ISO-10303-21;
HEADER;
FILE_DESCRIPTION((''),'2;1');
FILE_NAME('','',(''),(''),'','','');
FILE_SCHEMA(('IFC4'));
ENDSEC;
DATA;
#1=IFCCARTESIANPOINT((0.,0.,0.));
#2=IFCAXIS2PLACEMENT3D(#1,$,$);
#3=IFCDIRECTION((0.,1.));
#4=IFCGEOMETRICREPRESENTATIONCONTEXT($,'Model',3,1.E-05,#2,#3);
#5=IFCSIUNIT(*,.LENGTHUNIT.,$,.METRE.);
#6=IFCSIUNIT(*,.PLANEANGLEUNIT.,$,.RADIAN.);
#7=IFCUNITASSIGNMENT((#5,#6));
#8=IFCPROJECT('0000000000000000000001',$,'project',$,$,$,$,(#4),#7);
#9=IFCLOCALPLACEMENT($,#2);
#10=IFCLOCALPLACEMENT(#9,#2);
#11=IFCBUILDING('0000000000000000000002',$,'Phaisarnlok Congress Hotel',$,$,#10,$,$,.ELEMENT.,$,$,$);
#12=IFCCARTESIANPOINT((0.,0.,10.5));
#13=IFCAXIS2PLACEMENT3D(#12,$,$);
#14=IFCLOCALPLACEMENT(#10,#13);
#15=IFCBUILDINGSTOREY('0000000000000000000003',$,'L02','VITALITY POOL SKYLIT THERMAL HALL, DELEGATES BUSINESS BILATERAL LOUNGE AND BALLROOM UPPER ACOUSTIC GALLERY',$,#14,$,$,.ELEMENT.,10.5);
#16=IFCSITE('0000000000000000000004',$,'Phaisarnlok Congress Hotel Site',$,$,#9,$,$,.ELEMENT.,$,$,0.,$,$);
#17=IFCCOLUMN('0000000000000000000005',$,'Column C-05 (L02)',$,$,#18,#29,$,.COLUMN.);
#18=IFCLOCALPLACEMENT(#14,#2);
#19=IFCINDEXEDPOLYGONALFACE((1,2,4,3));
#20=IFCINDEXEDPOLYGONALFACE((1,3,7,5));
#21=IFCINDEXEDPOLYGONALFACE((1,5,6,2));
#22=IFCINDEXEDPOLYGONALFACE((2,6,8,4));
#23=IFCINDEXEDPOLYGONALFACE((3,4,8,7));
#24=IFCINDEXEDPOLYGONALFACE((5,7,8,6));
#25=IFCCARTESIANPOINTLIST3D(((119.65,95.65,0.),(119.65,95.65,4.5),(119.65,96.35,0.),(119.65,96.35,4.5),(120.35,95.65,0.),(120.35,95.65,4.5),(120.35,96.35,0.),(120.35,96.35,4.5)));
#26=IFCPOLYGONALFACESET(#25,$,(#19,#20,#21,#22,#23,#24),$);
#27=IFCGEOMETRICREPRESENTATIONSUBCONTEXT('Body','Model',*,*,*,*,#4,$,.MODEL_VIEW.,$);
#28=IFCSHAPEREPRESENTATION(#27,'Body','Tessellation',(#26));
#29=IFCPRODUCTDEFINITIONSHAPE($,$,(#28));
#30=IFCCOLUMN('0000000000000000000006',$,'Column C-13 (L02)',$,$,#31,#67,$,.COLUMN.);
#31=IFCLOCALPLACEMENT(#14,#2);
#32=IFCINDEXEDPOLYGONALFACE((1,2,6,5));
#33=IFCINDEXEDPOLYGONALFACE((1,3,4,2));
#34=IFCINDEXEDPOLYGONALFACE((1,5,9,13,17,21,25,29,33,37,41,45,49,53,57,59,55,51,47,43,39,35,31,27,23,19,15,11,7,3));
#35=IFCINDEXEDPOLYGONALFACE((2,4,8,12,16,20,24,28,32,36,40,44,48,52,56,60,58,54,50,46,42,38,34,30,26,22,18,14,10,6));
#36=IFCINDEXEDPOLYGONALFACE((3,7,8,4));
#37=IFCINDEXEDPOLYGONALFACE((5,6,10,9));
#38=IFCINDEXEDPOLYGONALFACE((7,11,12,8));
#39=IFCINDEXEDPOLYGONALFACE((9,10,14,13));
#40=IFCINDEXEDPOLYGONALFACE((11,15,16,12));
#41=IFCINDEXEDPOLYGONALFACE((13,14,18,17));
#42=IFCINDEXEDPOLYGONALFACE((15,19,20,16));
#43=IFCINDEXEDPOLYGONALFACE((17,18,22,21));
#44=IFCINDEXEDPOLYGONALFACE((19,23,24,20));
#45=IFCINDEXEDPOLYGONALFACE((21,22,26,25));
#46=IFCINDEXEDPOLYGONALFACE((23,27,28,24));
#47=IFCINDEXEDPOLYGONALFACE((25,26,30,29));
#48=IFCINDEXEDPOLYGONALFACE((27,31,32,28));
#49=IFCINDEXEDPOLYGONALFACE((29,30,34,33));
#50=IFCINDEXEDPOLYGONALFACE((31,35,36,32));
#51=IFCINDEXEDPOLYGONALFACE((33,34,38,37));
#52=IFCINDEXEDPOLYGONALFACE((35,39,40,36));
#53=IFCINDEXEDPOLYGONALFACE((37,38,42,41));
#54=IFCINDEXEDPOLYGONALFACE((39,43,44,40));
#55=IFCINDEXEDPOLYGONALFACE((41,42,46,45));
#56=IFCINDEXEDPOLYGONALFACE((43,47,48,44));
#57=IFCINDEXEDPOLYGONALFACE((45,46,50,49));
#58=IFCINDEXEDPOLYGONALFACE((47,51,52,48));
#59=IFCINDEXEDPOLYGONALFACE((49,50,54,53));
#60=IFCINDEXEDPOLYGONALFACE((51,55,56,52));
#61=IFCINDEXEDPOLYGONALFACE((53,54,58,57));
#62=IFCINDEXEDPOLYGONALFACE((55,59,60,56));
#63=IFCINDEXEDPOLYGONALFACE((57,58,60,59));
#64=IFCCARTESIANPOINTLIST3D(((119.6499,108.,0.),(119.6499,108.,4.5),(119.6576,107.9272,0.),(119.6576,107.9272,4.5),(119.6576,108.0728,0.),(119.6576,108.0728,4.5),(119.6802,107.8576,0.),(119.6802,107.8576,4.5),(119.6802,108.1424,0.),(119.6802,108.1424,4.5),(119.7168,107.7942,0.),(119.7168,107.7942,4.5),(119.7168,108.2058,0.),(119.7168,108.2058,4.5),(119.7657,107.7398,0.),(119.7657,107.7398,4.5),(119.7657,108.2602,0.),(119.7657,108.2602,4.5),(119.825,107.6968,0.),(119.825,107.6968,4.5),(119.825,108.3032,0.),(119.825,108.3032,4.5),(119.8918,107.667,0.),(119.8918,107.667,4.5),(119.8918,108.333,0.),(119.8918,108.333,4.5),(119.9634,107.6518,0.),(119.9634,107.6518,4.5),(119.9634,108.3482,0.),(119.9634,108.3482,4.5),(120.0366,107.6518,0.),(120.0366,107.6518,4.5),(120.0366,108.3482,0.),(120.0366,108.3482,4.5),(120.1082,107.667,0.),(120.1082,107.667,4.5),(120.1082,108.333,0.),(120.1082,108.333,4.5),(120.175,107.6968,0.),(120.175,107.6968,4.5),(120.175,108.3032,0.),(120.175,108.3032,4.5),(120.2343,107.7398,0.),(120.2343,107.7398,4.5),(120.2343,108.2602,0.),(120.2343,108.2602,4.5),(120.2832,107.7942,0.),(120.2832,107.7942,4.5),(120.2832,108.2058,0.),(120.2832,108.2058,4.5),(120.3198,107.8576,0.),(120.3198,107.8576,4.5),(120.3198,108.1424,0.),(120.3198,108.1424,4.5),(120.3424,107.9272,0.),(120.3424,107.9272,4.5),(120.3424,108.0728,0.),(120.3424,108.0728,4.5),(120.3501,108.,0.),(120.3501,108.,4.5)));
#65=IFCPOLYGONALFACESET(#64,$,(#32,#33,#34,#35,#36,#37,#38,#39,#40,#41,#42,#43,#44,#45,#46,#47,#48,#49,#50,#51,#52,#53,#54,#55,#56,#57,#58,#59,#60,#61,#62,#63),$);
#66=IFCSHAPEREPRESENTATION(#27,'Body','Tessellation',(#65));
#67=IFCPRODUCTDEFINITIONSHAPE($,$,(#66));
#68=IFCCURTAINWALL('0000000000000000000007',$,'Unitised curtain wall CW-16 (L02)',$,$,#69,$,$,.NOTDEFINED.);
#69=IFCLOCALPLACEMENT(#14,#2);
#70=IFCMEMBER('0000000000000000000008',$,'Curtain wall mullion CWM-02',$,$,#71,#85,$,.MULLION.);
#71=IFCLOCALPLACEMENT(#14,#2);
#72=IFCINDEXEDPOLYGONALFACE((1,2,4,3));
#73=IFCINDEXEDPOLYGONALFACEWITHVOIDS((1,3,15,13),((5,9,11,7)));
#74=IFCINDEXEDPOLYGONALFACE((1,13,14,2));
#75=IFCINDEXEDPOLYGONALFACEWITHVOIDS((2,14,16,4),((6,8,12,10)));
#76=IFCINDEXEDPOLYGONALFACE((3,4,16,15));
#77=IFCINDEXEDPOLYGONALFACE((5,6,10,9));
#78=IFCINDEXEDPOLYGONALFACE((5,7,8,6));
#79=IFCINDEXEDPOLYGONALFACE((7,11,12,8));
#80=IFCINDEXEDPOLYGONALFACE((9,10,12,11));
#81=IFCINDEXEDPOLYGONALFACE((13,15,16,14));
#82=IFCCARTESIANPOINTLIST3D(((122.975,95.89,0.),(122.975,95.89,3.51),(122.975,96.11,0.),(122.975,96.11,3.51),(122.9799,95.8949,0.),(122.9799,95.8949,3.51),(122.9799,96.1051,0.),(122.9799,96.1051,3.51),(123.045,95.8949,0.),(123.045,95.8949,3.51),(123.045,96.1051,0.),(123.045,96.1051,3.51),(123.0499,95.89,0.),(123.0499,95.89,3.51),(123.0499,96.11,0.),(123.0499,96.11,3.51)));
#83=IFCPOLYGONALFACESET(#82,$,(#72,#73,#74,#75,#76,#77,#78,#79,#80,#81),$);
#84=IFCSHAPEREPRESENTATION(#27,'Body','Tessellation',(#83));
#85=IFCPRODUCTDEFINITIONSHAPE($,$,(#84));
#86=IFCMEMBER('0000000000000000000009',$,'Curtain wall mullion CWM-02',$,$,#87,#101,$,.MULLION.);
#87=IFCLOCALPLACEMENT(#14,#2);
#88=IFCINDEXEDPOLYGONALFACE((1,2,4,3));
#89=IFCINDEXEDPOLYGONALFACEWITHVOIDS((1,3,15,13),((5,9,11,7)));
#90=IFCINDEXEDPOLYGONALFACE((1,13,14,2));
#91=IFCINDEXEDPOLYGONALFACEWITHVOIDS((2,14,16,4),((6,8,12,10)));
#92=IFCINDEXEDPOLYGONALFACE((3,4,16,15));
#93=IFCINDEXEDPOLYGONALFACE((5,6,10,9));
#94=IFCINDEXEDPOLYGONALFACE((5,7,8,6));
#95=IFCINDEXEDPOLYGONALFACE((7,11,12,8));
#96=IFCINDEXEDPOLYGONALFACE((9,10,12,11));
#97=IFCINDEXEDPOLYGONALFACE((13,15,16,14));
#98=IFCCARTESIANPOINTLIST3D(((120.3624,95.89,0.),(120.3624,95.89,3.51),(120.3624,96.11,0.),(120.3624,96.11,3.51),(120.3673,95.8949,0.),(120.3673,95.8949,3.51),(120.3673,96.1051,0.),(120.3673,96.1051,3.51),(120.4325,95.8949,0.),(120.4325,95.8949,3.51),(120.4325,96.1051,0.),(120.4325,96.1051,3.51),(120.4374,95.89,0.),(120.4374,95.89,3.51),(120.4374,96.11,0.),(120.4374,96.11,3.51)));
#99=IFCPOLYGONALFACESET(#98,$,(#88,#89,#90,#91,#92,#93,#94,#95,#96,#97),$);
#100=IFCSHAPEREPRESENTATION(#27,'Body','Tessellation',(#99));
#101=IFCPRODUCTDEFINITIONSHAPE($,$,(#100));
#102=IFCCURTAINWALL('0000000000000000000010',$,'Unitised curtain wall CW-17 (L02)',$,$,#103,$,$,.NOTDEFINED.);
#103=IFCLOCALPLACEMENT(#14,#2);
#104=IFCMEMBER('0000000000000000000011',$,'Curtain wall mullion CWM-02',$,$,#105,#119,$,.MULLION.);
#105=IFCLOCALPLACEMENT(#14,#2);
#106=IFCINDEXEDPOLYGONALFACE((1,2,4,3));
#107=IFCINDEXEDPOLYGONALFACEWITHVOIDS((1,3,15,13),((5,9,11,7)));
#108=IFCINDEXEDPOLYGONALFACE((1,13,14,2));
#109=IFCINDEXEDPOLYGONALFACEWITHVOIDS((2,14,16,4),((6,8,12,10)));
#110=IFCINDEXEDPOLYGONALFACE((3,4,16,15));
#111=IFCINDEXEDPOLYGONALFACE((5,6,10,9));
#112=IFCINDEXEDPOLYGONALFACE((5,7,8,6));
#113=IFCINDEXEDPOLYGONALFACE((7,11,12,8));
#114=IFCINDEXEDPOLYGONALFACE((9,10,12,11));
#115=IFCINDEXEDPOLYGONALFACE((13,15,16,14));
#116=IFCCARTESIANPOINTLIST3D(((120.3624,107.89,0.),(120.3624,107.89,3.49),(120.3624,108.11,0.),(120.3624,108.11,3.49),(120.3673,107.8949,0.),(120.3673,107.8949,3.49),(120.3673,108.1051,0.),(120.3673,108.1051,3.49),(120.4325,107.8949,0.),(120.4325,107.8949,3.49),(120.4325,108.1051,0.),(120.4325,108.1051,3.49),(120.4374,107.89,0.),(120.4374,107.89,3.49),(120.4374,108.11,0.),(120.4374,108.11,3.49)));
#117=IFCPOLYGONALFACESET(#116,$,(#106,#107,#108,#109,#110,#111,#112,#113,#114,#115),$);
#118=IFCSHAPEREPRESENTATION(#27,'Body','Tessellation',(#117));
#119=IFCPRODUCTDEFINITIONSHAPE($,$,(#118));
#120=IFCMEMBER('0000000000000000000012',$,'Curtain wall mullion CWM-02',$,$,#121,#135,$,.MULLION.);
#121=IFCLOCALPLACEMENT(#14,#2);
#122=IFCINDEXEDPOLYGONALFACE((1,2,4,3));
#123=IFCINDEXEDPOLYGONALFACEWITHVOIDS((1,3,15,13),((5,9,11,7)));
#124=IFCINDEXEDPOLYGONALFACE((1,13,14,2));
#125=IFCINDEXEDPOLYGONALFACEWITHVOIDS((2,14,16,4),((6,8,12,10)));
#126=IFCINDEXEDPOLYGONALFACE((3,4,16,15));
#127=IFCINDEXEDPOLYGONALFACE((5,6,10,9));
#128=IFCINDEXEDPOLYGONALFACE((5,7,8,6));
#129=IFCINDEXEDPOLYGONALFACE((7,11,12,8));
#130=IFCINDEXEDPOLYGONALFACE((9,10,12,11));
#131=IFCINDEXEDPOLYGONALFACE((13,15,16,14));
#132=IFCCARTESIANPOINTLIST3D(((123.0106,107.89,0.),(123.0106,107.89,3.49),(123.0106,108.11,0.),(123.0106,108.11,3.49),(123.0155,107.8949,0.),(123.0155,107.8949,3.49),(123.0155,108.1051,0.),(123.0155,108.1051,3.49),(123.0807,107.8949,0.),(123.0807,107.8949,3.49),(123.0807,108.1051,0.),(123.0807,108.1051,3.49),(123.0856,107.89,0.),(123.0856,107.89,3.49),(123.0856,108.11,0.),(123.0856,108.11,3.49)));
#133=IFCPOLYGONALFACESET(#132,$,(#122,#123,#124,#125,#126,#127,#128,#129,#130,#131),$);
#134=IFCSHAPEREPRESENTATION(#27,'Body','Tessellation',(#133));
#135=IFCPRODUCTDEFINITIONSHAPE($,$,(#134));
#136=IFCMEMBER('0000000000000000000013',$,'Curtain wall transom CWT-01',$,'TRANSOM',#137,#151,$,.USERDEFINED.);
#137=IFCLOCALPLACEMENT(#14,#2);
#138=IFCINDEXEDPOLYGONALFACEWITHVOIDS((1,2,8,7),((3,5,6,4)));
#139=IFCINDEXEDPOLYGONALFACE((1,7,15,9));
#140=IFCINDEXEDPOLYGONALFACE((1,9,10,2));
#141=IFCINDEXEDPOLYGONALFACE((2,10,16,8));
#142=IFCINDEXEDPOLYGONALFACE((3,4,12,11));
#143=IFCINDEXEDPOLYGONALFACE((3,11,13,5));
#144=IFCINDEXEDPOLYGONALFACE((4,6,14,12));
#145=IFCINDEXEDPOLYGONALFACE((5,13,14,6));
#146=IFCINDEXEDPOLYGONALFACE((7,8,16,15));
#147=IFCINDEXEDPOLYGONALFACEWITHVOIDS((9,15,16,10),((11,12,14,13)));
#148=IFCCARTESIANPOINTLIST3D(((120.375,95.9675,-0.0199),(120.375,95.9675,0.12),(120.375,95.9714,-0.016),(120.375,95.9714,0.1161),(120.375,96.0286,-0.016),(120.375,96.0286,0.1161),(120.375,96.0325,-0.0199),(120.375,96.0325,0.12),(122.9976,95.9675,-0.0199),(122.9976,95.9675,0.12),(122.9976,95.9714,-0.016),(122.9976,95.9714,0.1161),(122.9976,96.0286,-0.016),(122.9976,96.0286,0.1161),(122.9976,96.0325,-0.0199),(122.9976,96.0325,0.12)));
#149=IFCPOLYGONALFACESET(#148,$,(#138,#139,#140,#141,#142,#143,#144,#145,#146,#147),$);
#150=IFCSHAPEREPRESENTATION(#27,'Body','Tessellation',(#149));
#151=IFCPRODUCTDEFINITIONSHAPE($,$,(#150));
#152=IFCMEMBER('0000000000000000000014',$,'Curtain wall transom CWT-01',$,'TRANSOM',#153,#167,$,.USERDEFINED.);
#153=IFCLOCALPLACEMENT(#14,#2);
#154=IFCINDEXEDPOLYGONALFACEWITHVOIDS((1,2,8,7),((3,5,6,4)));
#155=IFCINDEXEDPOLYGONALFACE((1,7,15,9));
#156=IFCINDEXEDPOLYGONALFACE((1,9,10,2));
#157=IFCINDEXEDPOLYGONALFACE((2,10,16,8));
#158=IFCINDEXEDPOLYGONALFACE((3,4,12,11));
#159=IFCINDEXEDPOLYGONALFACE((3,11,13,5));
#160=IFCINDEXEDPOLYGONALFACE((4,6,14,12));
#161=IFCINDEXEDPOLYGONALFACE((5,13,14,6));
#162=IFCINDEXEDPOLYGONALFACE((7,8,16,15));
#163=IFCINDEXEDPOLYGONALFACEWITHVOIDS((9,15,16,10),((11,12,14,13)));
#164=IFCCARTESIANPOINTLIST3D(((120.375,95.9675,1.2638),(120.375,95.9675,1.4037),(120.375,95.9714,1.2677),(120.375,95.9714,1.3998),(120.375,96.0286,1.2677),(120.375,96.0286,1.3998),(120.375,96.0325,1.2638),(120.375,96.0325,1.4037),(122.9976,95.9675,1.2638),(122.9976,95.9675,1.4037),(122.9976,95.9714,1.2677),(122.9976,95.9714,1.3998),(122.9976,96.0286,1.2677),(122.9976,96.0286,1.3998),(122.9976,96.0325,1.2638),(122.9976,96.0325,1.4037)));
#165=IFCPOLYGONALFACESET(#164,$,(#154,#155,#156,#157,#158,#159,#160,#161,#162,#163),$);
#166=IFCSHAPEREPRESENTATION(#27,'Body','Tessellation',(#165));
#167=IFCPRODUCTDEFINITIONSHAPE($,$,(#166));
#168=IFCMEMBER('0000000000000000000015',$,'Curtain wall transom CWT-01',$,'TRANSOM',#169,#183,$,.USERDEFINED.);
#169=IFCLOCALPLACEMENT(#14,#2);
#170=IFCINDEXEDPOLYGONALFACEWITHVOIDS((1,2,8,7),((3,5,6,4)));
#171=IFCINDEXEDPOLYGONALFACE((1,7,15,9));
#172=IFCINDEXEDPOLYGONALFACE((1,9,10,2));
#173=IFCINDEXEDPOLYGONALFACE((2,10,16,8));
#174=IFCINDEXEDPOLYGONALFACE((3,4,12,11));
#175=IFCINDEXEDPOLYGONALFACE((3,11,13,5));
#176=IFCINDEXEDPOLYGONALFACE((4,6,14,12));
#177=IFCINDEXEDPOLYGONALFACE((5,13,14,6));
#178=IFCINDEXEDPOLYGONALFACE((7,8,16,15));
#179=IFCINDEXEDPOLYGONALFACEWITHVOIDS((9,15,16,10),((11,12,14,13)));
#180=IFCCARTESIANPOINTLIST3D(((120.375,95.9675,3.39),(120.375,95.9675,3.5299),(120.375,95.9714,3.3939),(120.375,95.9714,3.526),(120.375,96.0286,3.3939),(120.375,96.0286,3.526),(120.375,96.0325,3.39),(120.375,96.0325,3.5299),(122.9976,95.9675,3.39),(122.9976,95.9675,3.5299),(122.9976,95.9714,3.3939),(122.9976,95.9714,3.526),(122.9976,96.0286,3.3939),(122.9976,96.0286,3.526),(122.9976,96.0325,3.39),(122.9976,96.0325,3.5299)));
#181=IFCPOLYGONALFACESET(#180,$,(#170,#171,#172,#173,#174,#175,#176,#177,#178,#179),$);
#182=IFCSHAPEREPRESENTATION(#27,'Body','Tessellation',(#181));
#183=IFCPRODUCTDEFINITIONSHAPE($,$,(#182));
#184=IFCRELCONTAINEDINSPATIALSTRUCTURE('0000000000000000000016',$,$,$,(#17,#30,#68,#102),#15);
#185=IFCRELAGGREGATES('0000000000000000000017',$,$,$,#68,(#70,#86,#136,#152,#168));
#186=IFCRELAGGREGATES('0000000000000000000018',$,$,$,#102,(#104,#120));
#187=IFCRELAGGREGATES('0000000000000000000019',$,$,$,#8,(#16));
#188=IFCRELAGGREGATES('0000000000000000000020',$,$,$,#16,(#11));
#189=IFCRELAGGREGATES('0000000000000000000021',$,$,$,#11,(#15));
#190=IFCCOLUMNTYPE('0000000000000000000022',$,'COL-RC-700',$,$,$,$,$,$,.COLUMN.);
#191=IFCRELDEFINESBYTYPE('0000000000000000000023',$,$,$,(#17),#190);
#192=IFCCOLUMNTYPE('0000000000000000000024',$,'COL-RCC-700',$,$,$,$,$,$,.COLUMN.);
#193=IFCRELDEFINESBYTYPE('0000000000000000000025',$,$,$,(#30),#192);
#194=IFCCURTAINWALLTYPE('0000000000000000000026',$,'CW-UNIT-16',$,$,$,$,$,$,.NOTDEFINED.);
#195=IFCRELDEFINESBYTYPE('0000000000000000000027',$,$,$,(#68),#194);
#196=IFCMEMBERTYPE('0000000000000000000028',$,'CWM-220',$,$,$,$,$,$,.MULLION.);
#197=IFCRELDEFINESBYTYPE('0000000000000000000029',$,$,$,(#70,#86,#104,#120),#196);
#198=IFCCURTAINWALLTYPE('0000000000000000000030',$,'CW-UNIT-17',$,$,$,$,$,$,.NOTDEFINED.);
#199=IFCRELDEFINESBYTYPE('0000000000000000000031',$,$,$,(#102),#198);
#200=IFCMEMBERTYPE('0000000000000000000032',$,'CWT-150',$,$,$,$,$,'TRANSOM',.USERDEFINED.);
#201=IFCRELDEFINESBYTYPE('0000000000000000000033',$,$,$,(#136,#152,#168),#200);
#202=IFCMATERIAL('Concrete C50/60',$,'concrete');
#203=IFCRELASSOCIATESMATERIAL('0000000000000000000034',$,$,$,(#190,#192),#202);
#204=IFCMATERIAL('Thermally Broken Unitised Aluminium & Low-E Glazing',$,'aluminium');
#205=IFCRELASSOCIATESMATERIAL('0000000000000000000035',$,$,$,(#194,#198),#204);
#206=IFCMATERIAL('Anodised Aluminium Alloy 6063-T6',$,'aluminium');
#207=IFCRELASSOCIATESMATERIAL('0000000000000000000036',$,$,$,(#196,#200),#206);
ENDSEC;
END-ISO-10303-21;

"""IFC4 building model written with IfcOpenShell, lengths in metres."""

from ifc_helpers import new_model, si_unit, direction, frame, origin, origin_2d, place, context, subcontext, project, spatial, rectangle, hollow_rectangle, circle, extrude, material, material_profile, profile_set, type_object, element, aggregate, save


model = new_model("IFC4")

# Units and contexts
model_context = context("Model", 3, precision=1e-05, world=origin(), true_north=direction((0.0, 1.0)))
body_context = subcontext(model_context, "Body", "Model", "MODEL_VIEW")
ifc_project = project(units=[si_unit("LENGTHUNIT", "METRE"), si_unit("PLANEANGLEUNIT", "RADIAN")], contexts=[model_context])

# Site, building, storey
site_placement = place(None, origin())
site = spatial("IfcSite", under=ifc_project, at=site_placement, Name="Phaisarnlok Congress Hotel Site", CompositionType="ELEMENT", RefElevation=0.0)
building_placement = place(site_placement, origin())
building = spatial("IfcBuilding", under=site, at=building_placement, Name="Phaisarnlok Congress Hotel", CompositionType="ELEMENT")
storey_placement = place(building_placement, frame((0.0, 0.0, 10.5)))
storey = spatial("IfcBuildingStorey", under=building, at=storey_placement, Name="L02", Description="VITALITY POOL SKYLIT THERMAL HALL, DELEGATES BUSINESS BILATERAL LOUNGE AND BALLROOM UPPER ACOUSTIC GALLERY", CompositionType="ELEMENT", Elevation=10.5)

# Columns
ifc_material_1 = material(Name="Concrete C50/60", Category="concrete")
ifc_material_profile_1 = material_profile(ifc_material_1, rectangle(XDim=0.7, YDim=0.7, at=origin_2d()), Name="RC 700x700")
ifc_profile_set_1 = profile_set([ifc_material_profile_1], Name="Concrete C50/60")
column_type_1 = type_object("IfcColumnType", Name="COL-RC-700", PredefinedType="COLUMN", material=ifc_profile_set_1)
column_1_placement = place(storey_placement, frame((120.0, 96.0, 0.0), z_axis=(0.0, 0.0, 1.0), x_axis=(1.0, 0.0, 0.0)))
element("IfcColumn", 1, at=column_1_placement, inside=storey, type_object=column_type_1, Name="Column C-05 (L02)", PredefinedType="COLUMN", context=body_context, shape_type="SweptSolid", body=[
    extrude(rectangle(XDim=0.7, YDim=0.7, at=origin_2d()), origin(), (0.0, 0.0, 1.0), 4.5),
])
ifc_material_profile_2 = material_profile(ifc_material_1, circle(Radius=0.3501, at=origin_2d()), Name="RCC D700")
ifc_profile_set_2 = profile_set([ifc_material_profile_2], Name="Concrete C50/60")
column_type_2 = type_object("IfcColumnType", Name="COL-RCC-700", PredefinedType="COLUMN", material=ifc_profile_set_2)
column_2_placement = place(storey_placement, frame((120.0, 108.0, 0.0), z_axis=(0.0, 0.0, 1.0), x_axis=(1.0, 0.0, 0.0)))
element("IfcColumn", 2, at=column_2_placement, inside=storey, type_object=column_type_2, Name="Column C-13 (L02)", PredefinedType="COLUMN", context=body_context, shape_type="SweptSolid", body=[
    extrude(circle(Radius=0.3501, at=origin_2d()), origin(), (0.0, 0.0, 1.0), 4.5),
])

# Curtain walls, members
ifc_material_2 = material(Name="Thermally Broken Unitised Aluminium & Low-E Glazing", Category="aluminium")
curtain_wall_type_1 = type_object("IfcCurtainWallType", Name="CW-UNIT-16", PredefinedType="NOTDEFINED", material=ifc_material_2)
curtain_wall_1_placement = place(storey_placement, origin())
curtain_wall_1 = element("IfcCurtainWall", 3, at=curtain_wall_1_placement, inside=storey, type_object=curtain_wall_type_1, Name="Unitised curtain wall CW-16 (L02)", PredefinedType="NOTDEFINED")
ifc_material_3 = material(Name="Anodised Aluminium Alloy 6063-T6", Category="aluminium")
ifc_material_profile_3 = material_profile(ifc_material_3, hollow_rectangle(XDim=0.075, YDim=0.22, WallThickness=0.0049, at=origin_2d()), Name="ALU-M 75x220x5")
ifc_profile_set_3 = profile_set([ifc_material_profile_3], Name="Anodised Aluminium Alloy 6063-T6")
member_type_1 = type_object("IfcMemberType", Name="CWM-220", PredefinedType="MULLION", material=ifc_profile_set_3)
member_1_placement = place(storey_placement, frame((123.0125, 96.0, 0.0), z_axis=(0.0, 0.0, 1.0), x_axis=(-1.0, 0.0, 0.0)))
member_1 = element("IfcMember", 4, at=member_1_placement, type_object=member_type_1, Name="Curtain wall mullion CWM-02", PredefinedType="MULLION", context=body_context, shape_type="SweptSolid", body=[
    extrude(hollow_rectangle(XDim=0.075, YDim=0.22, WallThickness=0.0049, at=origin_2d()), origin(), (0.0, 0.0, 1.0), 3.51),
])
member_2_placement = place(storey_placement, frame((120.3999, 96.0, 0.0), z_axis=(0.0, 0.0, 1.0), x_axis=(-1.0, 0.0, 0.0)))
member_2 = element("IfcMember", 5, at=member_2_placement, type_object=member_type_1, Name="Curtain wall mullion CWM-02", PredefinedType="MULLION", context=body_context, shape_type="SweptSolid", body=[
    extrude(hollow_rectangle(XDim=0.075, YDim=0.22, WallThickness=0.0049, at=origin_2d()), origin(), (0.0, 0.0, 1.0), 3.51),
])
curtain_wall_type_2 = type_object("IfcCurtainWallType", Name="CW-UNIT-17", PredefinedType="NOTDEFINED", material=ifc_material_2)
curtain_wall_2_placement = place(storey_placement, origin())
curtain_wall_2 = element("IfcCurtainWall", 6, at=curtain_wall_2_placement, inside=storey, type_object=curtain_wall_type_2, Name="Unitised curtain wall CW-17 (L02)", PredefinedType="NOTDEFINED")
member_3_placement = place(storey_placement, frame((120.3999, 108.0, 0.0), z_axis=(0.0, 0.0, 1.0), x_axis=(1.0, 0.0, 0.0)))
member_3 = element("IfcMember", 7, at=member_3_placement, type_object=member_type_1, Name="Curtain wall mullion CWM-02", PredefinedType="MULLION", context=body_context, shape_type="SweptSolid", body=[
    extrude(hollow_rectangle(XDim=0.075, YDim=0.22, WallThickness=0.0049, at=origin_2d()), origin(), (0.0, 0.0, 1.0), 3.49),
])
member_4_placement = place(storey_placement, frame((123.0481, 108.0, 0.0), z_axis=(0.0, 0.0, 1.0), x_axis=(1.0, 0.0, 0.0)))
member_4 = element("IfcMember", 8, at=member_4_placement, type_object=member_type_1, Name="Curtain wall mullion CWM-02", PredefinedType="MULLION", context=body_context, shape_type="SweptSolid", body=[
    extrude(hollow_rectangle(XDim=0.075, YDim=0.22, WallThickness=0.0049, at=origin_2d()), origin(), (0.0, 0.0, 1.0), 3.49),
])

# Members
ifc_material_profile_4 = material_profile(ifc_material_3, hollow_rectangle(XDim=0.0649, YDim=0.1399, WallThickness=0.0039, at=origin_2d()), Name="ALU-T 65x140x4")
ifc_profile_set_4 = profile_set([ifc_material_profile_4], Name="Anodised Aluminium Alloy 6063-T6")
member_type_2 = type_object("IfcMemberType", Name="CWT-150", ElementType="TRANSOM", PredefinedType="USERDEFINED", material=ifc_profile_set_4)
member_5_placement = place(storey_placement, frame((122.9976, 96.0, 0.05), z_axis=(-1.0, 0.0, 0.0), x_axis=(0.0, -1.0, 0.0)))
member_5 = element("IfcMember", 9, at=member_5_placement, type_object=member_type_2, Name="Curtain wall transom CWT-01", ObjectType="TRANSOM", PredefinedType="USERDEFINED", context=body_context, shape_type="SweptSolid", body=[
    extrude(hollow_rectangle(XDim=0.0649, YDim=0.1399, WallThickness=0.0039, at=origin_2d()), origin(), (0.0, 0.0, 1.0), 2.6226),
])
member_6_placement = place(storey_placement, frame((122.9976, 96.0, 1.3337), z_axis=(-1.0, 0.0, 0.0), x_axis=(0.0, -1.0, 0.0)))
member_6 = element("IfcMember", 10, at=member_6_placement, type_object=member_type_2, Name="Curtain wall transom CWT-01", ObjectType="TRANSOM", PredefinedType="USERDEFINED", context=body_context, shape_type="SweptSolid", body=[
    extrude(hollow_rectangle(XDim=0.0649, YDim=0.1399, WallThickness=0.0039, at=origin_2d()), origin(), (0.0, 0.0, 1.0), 2.6226),
])
member_7_placement = place(storey_placement, frame((122.9976, 96.0, 3.46), z_axis=(-1.0, 0.0, 0.0), x_axis=(0.0, -1.0, 0.0)))
member_7 = element("IfcMember", 11, at=member_7_placement, type_object=member_type_2, Name="Curtain wall transom CWT-01", ObjectType="TRANSOM", PredefinedType="USERDEFINED", context=body_context, shape_type="SweptSolid", body=[
    extrude(hollow_rectangle(XDim=0.0649, YDim=0.1399, WallThickness=0.0039, at=origin_2d()), origin(), (0.0, 0.0, 1.0), 2.6226),
])

aggregate(curtain_wall_1, [member_1, member_2, member_5, member_6, member_7])

aggregate(curtain_wall_2, [member_3, member_4])

save(model, "model.ifc")
